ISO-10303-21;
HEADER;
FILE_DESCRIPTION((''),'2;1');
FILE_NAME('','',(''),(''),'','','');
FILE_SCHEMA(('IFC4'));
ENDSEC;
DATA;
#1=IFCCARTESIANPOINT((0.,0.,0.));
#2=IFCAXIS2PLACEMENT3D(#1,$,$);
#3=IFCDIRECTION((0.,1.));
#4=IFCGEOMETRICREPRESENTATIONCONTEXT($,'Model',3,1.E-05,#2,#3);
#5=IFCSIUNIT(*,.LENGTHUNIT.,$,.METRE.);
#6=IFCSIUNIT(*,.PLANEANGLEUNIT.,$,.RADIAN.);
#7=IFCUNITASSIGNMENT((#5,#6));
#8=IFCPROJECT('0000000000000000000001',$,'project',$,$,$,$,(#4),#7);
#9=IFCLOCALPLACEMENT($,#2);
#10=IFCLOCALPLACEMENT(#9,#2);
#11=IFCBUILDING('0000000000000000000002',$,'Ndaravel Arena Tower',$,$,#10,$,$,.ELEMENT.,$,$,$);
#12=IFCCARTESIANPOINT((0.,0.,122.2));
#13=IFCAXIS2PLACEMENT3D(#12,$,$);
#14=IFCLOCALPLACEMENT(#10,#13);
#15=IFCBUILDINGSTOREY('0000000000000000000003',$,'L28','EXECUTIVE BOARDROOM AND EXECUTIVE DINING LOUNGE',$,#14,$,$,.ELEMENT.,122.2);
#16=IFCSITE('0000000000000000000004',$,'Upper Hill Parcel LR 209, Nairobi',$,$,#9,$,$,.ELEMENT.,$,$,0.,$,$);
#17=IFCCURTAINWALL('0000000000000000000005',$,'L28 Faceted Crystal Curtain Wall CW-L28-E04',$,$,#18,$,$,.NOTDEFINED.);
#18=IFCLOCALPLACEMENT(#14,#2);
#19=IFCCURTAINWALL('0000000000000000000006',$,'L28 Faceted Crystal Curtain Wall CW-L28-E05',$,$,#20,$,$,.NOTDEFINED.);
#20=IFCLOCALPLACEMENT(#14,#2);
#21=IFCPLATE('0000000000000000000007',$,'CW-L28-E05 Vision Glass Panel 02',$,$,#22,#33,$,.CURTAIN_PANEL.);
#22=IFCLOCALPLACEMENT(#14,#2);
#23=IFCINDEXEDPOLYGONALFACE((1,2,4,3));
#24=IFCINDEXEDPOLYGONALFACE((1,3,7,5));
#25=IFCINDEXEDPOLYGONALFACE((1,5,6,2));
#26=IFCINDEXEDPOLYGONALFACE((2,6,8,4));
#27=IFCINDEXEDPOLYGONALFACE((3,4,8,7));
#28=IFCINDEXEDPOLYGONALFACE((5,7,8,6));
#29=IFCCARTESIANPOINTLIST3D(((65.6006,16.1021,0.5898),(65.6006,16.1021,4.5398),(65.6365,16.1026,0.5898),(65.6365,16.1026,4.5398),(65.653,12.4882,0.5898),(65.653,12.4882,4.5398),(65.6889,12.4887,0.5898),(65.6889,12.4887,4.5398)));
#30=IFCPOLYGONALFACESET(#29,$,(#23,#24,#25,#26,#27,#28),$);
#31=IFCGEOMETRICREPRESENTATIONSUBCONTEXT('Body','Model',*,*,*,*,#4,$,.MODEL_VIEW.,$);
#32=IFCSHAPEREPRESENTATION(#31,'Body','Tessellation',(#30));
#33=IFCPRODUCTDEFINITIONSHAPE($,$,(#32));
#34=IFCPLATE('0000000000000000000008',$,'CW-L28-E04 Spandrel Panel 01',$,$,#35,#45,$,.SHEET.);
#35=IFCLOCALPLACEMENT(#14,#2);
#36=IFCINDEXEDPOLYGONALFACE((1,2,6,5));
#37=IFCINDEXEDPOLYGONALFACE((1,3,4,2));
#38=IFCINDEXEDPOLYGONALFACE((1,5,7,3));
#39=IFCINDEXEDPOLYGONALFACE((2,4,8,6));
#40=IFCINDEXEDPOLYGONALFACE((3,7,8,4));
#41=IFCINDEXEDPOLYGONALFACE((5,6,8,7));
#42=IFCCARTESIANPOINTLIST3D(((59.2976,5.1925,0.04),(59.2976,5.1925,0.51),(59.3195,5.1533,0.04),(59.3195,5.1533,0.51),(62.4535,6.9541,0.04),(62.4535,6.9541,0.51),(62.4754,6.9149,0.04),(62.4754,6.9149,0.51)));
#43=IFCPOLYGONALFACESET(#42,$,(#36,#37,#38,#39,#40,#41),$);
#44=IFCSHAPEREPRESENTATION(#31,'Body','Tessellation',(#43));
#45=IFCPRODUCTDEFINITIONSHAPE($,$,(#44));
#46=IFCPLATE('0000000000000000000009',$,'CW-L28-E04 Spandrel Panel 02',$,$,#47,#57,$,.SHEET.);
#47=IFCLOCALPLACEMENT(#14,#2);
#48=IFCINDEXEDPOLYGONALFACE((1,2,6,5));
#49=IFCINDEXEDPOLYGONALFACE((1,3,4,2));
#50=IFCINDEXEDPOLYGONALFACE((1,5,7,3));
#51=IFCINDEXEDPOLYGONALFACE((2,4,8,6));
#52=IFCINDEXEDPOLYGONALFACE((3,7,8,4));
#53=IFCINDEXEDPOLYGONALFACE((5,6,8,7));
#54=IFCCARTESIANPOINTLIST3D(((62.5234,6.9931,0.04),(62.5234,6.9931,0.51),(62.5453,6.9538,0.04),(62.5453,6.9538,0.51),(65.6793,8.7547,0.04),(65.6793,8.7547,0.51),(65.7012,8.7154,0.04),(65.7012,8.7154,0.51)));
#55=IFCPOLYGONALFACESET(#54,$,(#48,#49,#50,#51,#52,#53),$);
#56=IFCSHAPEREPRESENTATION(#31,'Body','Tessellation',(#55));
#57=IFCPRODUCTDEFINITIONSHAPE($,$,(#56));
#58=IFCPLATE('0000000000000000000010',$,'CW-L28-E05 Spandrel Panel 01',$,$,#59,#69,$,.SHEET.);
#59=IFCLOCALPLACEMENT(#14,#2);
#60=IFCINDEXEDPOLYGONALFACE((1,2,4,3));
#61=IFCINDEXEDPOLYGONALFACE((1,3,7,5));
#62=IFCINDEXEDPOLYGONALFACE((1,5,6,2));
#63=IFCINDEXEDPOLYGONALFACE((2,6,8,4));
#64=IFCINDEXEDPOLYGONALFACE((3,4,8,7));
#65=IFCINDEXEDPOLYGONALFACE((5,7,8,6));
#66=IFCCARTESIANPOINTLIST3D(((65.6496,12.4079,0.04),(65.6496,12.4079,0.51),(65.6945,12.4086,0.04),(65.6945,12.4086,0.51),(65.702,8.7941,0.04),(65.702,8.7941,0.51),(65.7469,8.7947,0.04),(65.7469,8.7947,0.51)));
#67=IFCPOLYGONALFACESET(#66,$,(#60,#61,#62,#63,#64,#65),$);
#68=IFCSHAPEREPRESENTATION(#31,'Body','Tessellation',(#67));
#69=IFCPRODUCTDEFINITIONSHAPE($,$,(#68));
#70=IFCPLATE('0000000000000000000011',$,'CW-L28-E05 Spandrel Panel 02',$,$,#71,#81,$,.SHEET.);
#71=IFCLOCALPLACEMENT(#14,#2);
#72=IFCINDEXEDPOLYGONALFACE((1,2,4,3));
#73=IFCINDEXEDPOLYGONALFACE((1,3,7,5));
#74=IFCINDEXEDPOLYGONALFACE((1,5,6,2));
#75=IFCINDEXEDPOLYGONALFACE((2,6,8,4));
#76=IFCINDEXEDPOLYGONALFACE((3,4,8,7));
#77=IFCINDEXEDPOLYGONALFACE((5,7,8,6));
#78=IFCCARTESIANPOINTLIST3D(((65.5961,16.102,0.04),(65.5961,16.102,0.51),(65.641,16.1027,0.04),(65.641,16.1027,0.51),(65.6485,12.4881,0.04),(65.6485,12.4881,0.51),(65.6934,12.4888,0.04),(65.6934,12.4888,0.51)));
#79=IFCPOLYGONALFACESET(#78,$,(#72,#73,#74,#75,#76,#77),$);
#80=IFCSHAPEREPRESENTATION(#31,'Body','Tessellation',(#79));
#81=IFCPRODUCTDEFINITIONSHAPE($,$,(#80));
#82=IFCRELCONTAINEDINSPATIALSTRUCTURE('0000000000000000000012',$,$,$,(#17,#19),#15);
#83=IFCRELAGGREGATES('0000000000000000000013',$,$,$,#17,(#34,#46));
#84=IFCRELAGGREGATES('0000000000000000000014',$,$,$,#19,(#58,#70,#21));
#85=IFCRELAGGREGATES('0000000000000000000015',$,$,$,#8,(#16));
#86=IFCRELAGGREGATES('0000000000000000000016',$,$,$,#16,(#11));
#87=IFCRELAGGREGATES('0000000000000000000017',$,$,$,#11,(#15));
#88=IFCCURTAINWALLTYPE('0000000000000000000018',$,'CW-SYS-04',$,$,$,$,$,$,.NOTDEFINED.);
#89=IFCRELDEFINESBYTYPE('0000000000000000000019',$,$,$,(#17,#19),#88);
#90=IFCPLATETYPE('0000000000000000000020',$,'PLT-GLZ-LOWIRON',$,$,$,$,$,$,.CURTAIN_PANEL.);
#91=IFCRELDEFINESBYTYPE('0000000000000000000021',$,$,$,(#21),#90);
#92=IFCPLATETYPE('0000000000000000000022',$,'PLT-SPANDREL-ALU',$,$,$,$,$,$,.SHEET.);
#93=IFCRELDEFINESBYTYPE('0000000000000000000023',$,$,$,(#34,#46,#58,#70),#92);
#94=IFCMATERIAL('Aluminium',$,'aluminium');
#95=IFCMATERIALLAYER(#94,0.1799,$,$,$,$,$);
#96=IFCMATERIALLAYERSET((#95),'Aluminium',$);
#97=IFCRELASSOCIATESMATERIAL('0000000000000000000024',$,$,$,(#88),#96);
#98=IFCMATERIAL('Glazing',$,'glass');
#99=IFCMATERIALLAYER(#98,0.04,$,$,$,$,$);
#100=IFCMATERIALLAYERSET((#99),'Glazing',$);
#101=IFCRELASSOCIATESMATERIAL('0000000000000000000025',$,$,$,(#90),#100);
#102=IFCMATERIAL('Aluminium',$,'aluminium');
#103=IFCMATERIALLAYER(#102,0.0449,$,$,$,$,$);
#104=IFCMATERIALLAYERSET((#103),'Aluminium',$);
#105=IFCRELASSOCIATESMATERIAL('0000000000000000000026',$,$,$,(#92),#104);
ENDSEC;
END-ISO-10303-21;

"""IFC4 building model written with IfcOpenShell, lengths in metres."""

from ifc_helpers import new_model, si_unit, direction, frame, origin, origin_2d, place, context, subcontext, project, spatial, rectangle, extrude, material, layer, layer_set, type_object, element, aggregate, save


model = new_model("IFC4")

# Units and contexts
model_context = context("Model", 3, precision=1e-05, world=origin(), true_north=direction((0.0, 1.0)))
body_context = subcontext(model_context, "Body", "Model", "MODEL_VIEW")
ifc_project = project(units=[si_unit("LENGTHUNIT", "METRE"), si_unit("PLANEANGLEUNIT", "RADIAN")], contexts=[model_context])

# Site, building, storey
site_placement = place(None, origin())
site = spatial("IfcSite", under=ifc_project, at=site_placement, Name="Upper Hill Parcel LR 209, Nairobi", CompositionType="ELEMENT", RefElevation=0.0)
building_placement = place(site_placement, origin())
building = spatial("IfcBuilding", under=site, at=building_placement, Name="Ndaravel Arena Tower", CompositionType="ELEMENT")
storey_placement = place(building_placement, frame((0.0, 0.0, 122.2)))
storey = spatial("IfcBuildingStorey", under=building, at=storey_placement, Name="L28", Description="EXECUTIVE BOARDROOM AND EXECUTIVE DINING LOUNGE", CompositionType="ELEMENT", Elevation=122.2)

# Curtain wall
ifc_material_1 = material(Name="Aluminium", Category="aluminium")
ifc_layer_1 = layer(ifc_material_1, 0.1799)
ifc_layer_set_1 = layer_set([ifc_layer_1], Name="Aluminium")
curtain_wall_type = type_object("IfcCurtainWallType", Name="CW-SYS-04", PredefinedType="NOTDEFINED", material=ifc_layer_set_1)
curtain_wall_1_placement = place(storey_placement, origin())
curtain_wall_1 = element("IfcCurtainWall", 1, at=curtain_wall_1_placement, inside=storey, type_object=curtain_wall_type, Name="L28 Faceted Crystal Curtain Wall CW-L28-E04", PredefinedType="NOTDEFINED")

# Curtain wall
curtain_wall_2_placement = place(storey_placement, origin())
curtain_wall_2 = element("IfcCurtainWall", 2, at=curtain_wall_2_placement, inside=storey, type_object=curtain_wall_type, Name="L28 Faceted Crystal Curtain Wall CW-L28-E05", PredefinedType="NOTDEFINED")

# Plates
ifc_material_2 = material(Name="Glazing", Category="glass")
ifc_layer_2 = layer(ifc_material_2, 0.04)
ifc_layer_set_2 = layer_set([ifc_layer_2], Name="Glazing")
plate_type_1 = type_object("IfcPlateType", Name="PLT-GLZ-LOWIRON", PredefinedType="CURTAIN_PANEL", material=ifc_layer_set_2)
plate_1_placement = place(storey_placement, frame((65.6448, 14.2954, 0.5898), z_axis=(0.0, 0.0, 1.0), x_axis=(-0.014503, 0.999895, 0.0)))
plate_1 = element("IfcPlate", 3, at=plate_1_placement, type_object=plate_type_1, Name="CW-L28-E05 Vision Glass Panel 02", PredefinedType="CURTAIN_PANEL", context=body_context, shape_type="SweptSolid", body=[
    extrude(rectangle(XDim=3.6143, YDim=0.0359, at=origin_2d()), origin(), (0.0, 0.0, 1.0), 3.95),
])
ifc_material_3 = material(Name="Aluminium", Category="aluminium")
ifc_layer_3 = layer(ifc_material_3, 0.0449)
ifc_layer_set_3 = layer_set([ifc_layer_3], Name="Aluminium")
plate_type_2 = type_object("IfcPlateType", Name="PLT-SPANDREL-ALU", PredefinedType="SHEET", material=ifc_layer_set_3)
plate_2_placement = place(storey_placement, frame((60.8865, 6.0537, 0.04), z_axis=(0.0, 0.0, 1.0), x_axis=(0.873177, 0.487403, 0.0)))
plate_2 = element("IfcPlate", 4, at=plate_2_placement, type_object=plate_type_2, Name="CW-L28-E04 Spandrel Panel 01", PredefinedType="SHEET", context=body_context, shape_type="SweptSolid", body=[
    extrude(rectangle(XDim=3.6143, YDim=0.0449, at=origin_2d()), origin(), (0.0, 0.0, 1.0), 0.47),
])
plate_3_placement = place(storey_placement, frame((64.1123, 7.8542, 0.04), z_axis=(0.0, 0.0, 1.0), x_axis=(0.873177, 0.487403, 0.0)))
plate_3 = element("IfcPlate", 5, at=plate_3_placement, type_object=plate_type_2, Name="CW-L28-E04 Spandrel Panel 02", PredefinedType="SHEET", context=body_context, shape_type="SweptSolid", body=[
    extrude(rectangle(XDim=3.6143, YDim=0.0449, at=origin_2d()), origin(), (0.0, 0.0, 1.0), 0.47),
])
aggregate(curtain_wall_1, [plate_2, plate_3])
plate_4_placement = place(storey_placement, frame((65.6982, 10.6013, 0.04), z_axis=(0.0, 0.0, 1.0), x_axis=(-0.014503, 0.999895, 0.0)))
plate_4 = element("IfcPlate", 6, at=plate_4_placement, type_object=plate_type_2, Name="CW-L28-E05 Spandrel Panel 01", PredefinedType="SHEET", context=body_context, shape_type="SweptSolid", body=[
    extrude(rectangle(XDim=3.6143, YDim=0.0449, at=origin_2d()), origin(), (0.0, 0.0, 1.0), 0.47),
])
plate_5_placement = place(storey_placement, frame((65.6448, 14.2954, 0.04), z_axis=(0.0, 0.0, 1.0), x_axis=(-0.014503, 0.999895, 0.0)))
plate_5 = element("IfcPlate", 7, at=plate_5_placement, type_object=plate_type_2, Name="CW-L28-E05 Spandrel Panel 02", PredefinedType="SHEET", context=body_context, shape_type="SweptSolid", body=[
    extrude(rectangle(XDim=3.6143, YDim=0.0449, at=origin_2d()), origin(), (0.0, 0.0, 1.0), 0.47),
])
aggregate(curtain_wall_2, [plate_4, plate_5, plate_1])

save(model, "model.ifc")
